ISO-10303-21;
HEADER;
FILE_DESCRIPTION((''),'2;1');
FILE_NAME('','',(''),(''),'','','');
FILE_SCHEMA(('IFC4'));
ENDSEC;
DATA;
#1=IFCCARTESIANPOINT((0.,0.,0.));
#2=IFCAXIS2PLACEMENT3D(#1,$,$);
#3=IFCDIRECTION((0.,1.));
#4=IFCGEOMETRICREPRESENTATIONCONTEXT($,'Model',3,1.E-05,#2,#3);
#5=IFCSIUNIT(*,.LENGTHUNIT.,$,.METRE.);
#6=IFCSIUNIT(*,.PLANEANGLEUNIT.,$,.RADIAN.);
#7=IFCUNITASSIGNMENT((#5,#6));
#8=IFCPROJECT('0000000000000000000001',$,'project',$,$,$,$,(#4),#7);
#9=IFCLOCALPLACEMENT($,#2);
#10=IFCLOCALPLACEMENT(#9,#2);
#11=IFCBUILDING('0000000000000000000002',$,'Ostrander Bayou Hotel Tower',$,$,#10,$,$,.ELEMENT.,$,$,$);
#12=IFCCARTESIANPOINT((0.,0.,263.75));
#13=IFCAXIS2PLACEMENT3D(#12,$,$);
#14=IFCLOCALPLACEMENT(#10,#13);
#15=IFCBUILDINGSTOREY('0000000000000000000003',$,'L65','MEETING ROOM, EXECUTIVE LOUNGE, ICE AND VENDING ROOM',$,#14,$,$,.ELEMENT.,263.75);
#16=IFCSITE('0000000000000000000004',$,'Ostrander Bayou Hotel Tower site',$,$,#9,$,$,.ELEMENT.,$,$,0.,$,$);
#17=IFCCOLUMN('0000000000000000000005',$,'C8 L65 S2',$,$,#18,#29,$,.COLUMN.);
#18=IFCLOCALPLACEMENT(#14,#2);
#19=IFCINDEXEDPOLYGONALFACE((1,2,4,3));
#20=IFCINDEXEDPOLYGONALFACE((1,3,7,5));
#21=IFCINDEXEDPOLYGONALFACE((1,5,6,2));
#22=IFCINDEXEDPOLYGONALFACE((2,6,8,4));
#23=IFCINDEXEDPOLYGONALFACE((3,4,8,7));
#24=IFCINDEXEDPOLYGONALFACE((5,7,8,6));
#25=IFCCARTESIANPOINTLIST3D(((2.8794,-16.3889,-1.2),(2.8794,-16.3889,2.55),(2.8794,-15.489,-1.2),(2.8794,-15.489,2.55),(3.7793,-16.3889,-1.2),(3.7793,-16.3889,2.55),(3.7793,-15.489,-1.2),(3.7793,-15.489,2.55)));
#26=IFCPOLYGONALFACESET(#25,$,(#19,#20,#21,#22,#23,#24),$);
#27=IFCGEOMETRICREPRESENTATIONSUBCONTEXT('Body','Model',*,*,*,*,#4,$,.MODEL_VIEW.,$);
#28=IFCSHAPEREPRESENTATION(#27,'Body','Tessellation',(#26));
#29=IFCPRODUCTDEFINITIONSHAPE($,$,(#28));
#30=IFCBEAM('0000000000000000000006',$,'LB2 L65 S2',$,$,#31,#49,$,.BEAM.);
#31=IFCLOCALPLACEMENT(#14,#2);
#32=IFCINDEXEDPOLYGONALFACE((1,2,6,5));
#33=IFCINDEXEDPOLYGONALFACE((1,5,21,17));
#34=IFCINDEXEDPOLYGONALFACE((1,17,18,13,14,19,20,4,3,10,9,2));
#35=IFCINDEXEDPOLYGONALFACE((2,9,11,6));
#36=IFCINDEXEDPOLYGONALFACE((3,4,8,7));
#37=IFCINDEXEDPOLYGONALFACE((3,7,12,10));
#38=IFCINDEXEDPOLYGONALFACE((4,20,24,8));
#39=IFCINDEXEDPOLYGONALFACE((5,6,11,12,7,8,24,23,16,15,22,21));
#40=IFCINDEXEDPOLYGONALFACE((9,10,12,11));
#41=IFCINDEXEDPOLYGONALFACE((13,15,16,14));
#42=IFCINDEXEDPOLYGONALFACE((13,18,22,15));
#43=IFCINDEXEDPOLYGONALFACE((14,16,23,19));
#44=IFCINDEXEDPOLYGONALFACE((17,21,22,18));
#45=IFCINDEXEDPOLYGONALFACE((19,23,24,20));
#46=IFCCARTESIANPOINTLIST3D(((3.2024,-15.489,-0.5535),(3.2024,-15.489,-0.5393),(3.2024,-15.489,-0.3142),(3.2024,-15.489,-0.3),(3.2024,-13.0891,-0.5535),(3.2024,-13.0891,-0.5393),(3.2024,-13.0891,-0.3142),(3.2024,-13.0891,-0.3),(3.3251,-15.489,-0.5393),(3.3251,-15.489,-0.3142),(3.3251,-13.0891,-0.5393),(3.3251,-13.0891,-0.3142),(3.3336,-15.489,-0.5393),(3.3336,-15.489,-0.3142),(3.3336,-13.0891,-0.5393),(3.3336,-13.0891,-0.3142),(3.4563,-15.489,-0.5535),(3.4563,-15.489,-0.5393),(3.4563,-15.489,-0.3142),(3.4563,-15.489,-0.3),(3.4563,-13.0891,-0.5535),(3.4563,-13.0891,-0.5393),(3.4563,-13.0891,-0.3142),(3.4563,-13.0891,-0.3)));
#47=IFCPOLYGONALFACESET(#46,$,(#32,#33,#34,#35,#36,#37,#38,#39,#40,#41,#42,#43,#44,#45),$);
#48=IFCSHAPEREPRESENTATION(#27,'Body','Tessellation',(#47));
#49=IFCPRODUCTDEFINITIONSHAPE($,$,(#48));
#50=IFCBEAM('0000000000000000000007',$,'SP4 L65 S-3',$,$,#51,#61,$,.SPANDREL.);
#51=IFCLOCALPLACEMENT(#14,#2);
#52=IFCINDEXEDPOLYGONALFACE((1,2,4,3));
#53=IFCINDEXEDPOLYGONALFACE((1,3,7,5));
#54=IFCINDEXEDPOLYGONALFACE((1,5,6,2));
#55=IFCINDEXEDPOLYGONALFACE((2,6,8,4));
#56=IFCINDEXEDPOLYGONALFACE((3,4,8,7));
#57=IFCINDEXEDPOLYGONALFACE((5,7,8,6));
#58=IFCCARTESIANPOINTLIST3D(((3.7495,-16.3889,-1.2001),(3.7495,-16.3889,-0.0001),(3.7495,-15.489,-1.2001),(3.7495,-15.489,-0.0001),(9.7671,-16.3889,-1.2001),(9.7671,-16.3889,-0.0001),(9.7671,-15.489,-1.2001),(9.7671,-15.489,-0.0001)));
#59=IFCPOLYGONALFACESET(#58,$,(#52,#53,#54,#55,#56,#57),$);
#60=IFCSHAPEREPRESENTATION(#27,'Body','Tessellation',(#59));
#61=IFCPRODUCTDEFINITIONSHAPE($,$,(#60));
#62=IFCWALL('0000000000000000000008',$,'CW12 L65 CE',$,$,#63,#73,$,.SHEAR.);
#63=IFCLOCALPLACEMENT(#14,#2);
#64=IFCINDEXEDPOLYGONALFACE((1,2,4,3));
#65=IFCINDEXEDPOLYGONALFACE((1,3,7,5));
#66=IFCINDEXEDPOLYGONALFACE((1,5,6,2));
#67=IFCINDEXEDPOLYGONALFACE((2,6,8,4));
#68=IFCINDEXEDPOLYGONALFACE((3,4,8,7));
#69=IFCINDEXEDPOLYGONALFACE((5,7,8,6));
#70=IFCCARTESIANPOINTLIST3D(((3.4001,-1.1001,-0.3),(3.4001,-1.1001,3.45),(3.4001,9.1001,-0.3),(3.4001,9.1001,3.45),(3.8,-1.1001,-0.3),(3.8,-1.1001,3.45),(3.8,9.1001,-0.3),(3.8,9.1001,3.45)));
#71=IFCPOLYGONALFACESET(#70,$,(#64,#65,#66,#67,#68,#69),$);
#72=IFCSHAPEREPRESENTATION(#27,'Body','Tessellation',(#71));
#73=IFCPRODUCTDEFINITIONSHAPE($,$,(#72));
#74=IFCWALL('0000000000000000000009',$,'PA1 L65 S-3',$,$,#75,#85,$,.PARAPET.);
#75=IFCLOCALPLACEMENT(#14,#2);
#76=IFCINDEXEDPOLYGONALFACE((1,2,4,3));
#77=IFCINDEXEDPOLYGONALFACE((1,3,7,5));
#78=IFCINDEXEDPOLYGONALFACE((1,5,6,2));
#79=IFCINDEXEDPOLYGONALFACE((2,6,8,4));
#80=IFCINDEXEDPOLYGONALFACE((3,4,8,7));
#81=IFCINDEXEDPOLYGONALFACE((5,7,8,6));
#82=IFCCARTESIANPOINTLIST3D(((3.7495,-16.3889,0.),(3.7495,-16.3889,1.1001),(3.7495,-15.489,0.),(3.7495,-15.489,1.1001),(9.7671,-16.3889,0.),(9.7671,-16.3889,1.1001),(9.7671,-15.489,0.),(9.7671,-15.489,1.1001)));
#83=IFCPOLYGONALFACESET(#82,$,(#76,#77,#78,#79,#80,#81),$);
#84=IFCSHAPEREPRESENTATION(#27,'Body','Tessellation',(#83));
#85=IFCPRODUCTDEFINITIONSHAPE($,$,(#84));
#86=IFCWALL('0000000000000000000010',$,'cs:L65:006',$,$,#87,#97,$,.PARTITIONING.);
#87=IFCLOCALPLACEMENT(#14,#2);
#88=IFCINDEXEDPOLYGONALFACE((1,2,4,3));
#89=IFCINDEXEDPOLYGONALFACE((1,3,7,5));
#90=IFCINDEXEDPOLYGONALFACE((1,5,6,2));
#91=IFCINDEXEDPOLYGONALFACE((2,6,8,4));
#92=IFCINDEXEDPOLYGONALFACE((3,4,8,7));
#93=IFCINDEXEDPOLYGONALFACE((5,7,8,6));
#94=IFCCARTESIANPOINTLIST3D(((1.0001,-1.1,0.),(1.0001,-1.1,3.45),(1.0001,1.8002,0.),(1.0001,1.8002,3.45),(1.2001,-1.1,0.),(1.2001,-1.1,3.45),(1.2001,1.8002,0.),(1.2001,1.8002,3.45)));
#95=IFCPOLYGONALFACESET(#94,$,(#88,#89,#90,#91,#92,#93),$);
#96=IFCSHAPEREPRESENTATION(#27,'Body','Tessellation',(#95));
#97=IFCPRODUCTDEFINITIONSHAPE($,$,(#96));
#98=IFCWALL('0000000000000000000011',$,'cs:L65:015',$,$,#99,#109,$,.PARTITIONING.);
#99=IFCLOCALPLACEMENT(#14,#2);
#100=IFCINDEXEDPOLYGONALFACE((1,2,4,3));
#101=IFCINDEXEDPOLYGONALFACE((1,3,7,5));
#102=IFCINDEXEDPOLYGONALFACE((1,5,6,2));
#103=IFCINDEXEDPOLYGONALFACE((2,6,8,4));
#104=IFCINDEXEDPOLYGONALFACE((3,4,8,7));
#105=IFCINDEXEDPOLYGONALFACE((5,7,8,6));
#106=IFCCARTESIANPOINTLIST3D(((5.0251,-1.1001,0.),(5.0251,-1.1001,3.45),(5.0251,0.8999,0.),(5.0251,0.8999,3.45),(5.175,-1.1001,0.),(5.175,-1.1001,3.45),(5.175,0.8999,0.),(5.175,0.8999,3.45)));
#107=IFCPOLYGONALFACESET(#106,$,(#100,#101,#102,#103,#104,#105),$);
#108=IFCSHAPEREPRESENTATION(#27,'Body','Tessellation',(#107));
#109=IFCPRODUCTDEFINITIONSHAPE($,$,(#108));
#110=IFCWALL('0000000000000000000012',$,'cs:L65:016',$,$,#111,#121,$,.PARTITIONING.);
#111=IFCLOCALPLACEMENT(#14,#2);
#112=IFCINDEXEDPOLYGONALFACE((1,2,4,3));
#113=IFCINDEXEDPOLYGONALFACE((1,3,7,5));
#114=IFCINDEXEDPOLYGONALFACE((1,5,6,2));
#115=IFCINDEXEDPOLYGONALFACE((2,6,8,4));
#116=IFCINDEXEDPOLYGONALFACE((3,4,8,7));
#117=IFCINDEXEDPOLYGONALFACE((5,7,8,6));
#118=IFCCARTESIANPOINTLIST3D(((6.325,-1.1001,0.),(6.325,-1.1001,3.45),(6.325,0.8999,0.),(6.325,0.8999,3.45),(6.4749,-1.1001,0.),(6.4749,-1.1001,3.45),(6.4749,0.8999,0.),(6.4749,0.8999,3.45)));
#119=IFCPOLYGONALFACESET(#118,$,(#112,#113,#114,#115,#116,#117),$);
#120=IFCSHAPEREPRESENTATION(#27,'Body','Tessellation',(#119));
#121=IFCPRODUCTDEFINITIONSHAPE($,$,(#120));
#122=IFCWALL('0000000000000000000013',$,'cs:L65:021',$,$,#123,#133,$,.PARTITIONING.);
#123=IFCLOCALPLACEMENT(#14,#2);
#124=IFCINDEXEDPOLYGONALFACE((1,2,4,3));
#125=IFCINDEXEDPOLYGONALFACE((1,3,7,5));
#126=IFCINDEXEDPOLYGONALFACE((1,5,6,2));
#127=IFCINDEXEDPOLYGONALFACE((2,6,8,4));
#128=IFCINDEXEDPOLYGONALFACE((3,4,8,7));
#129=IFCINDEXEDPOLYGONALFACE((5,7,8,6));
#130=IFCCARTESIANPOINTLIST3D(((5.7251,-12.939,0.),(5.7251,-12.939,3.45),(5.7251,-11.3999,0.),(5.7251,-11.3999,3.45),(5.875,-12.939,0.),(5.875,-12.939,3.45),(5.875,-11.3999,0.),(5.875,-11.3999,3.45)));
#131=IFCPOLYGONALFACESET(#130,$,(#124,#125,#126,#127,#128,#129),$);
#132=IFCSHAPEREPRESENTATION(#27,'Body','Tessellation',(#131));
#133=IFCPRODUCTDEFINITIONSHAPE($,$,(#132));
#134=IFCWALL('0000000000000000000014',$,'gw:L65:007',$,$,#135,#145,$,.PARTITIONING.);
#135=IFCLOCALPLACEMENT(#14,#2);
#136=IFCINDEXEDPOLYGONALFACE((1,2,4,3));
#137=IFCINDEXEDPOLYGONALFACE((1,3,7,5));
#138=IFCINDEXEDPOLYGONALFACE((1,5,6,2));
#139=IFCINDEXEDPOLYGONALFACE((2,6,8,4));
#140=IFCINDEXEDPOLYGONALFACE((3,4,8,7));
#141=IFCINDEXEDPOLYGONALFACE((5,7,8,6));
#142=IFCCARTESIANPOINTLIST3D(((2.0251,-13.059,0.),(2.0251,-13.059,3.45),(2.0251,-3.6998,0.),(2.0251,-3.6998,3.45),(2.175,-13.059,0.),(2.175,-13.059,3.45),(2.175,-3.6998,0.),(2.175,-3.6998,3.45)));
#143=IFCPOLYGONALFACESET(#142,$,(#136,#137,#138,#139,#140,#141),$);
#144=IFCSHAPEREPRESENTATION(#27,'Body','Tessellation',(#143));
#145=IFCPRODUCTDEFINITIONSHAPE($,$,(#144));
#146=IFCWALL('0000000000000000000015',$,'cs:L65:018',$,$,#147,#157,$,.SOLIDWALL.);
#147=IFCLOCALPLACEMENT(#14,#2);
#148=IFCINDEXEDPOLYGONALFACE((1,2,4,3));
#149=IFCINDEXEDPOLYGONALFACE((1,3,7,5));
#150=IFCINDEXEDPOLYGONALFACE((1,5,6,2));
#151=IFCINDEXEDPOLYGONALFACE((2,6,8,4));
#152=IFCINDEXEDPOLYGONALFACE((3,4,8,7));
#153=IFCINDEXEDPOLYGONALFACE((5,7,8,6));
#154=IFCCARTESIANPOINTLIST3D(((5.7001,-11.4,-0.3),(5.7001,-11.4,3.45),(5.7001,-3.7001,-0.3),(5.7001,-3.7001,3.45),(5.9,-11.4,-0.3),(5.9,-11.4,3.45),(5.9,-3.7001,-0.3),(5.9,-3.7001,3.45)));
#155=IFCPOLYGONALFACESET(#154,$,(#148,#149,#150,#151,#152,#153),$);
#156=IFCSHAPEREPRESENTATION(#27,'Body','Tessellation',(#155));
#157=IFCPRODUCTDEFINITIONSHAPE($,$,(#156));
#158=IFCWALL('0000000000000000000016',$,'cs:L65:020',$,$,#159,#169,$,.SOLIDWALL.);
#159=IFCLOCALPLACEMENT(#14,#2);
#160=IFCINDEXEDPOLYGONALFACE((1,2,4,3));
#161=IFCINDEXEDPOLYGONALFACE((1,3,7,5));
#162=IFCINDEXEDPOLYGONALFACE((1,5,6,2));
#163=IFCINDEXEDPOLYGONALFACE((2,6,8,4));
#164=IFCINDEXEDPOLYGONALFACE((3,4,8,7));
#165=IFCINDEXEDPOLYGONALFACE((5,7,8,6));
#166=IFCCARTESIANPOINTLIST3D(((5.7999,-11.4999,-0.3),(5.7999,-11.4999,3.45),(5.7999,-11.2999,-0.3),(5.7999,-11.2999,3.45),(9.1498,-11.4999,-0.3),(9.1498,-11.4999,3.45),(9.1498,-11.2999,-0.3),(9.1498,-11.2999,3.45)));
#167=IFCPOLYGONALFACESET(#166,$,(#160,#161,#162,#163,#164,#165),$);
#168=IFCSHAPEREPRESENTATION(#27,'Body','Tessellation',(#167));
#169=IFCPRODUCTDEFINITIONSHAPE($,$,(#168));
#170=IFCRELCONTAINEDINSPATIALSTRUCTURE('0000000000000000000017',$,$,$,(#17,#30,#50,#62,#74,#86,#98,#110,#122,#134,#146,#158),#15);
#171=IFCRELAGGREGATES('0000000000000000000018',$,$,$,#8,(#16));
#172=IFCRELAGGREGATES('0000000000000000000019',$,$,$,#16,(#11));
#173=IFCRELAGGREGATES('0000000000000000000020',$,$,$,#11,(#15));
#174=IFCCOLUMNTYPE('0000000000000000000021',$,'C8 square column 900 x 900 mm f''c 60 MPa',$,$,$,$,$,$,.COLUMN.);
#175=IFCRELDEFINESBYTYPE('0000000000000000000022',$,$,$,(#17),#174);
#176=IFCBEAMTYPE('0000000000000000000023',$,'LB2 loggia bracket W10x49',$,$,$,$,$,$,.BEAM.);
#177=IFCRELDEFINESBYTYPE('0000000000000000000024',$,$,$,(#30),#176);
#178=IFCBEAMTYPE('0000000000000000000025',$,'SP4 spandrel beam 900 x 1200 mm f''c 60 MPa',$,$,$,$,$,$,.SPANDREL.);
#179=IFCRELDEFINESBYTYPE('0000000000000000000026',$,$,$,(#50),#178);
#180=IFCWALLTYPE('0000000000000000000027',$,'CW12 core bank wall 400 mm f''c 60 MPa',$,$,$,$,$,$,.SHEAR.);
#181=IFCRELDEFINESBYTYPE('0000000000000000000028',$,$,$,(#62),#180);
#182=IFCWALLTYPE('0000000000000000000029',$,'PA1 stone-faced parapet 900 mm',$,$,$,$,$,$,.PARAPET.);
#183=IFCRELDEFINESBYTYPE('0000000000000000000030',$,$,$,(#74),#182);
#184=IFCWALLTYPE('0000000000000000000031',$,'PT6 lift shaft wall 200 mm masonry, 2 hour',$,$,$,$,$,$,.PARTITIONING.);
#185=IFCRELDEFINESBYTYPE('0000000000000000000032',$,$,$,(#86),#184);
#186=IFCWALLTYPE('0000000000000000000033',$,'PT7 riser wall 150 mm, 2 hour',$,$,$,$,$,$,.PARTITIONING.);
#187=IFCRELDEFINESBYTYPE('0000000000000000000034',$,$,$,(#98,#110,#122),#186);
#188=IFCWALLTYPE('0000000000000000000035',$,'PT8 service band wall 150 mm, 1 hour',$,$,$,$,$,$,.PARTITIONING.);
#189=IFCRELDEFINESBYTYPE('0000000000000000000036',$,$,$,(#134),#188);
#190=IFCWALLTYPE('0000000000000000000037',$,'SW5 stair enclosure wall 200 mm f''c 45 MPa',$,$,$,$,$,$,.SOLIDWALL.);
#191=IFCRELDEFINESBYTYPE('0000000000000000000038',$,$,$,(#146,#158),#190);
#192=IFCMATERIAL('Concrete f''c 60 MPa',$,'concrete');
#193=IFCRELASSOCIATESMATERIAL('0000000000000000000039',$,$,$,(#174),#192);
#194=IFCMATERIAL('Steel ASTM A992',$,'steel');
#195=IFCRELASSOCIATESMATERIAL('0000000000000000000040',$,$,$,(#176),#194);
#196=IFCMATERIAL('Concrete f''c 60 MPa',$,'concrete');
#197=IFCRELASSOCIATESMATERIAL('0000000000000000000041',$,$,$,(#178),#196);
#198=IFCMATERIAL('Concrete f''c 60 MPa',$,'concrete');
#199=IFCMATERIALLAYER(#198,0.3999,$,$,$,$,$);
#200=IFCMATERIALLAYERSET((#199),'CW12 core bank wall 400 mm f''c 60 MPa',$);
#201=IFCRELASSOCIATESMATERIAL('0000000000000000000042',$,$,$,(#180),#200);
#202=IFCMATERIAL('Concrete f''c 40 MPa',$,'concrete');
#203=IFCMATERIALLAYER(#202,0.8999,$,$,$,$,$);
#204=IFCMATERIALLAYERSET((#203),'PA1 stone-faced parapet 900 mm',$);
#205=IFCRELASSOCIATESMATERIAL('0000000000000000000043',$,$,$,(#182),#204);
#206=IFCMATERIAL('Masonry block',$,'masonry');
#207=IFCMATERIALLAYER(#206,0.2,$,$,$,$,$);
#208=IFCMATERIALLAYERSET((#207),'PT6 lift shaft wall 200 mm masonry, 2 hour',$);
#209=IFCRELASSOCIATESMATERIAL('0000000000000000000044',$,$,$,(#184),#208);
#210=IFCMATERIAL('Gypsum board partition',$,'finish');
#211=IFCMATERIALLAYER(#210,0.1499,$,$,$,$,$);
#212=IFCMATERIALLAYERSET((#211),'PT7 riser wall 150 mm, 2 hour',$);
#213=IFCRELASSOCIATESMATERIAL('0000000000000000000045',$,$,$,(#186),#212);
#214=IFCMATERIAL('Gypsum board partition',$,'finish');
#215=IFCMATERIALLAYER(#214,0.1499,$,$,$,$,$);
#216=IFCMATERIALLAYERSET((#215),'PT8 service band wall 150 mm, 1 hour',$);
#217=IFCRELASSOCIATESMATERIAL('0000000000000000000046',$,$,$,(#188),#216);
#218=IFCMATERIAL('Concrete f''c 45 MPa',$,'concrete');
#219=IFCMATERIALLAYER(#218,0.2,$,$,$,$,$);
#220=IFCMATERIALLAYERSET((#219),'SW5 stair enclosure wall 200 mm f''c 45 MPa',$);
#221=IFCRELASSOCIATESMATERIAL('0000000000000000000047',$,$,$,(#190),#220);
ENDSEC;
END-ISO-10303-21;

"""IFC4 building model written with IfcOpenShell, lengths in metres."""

from ifc_helpers import new_model, si_unit, direction, frame, frame_2d, origin, origin_2d, place, context, subcontext, project, spatial, rectangle, i_section, extrude, material, layer, layer_set, material_profile, profile_set, type_object, element, save


model = new_model("IFC4")

# Units and contexts
model_context = context("Model", 3, precision=1e-05, world=origin(), true_north=direction((0.0, 1.0)))
body_context = subcontext(model_context, "Body", "Model", "MODEL_VIEW")
ifc_project = project(units=[si_unit("LENGTHUNIT", "METRE"), si_unit("PLANEANGLEUNIT", "RADIAN")], contexts=[model_context])

# Site, building, storey
site_placement = place(None, origin())
site = spatial("IfcSite", under=ifc_project, at=site_placement, Name="Ostrander Bayou Hotel Tower site", CompositionType="ELEMENT", RefElevation=0.0)
building_placement = place(site_placement, origin())
building = spatial("IfcBuilding", under=site, at=building_placement, Name="Ostrander Bayou Hotel Tower", CompositionType="ELEMENT")
storey_placement = place(building_placement, frame((0.0, 0.0, 263.75)))
storey = spatial("IfcBuildingStorey", under=building, at=storey_placement, Name="L65", Description="MEETING ROOM, EXECUTIVE LOUNGE, ICE AND VENDING ROOM", CompositionType="ELEMENT", Elevation=263.75)

# Column
ifc_material_1 = material(Name="Concrete f'c 60 MPa", Category="concrete")
ifc_material_profile_1 = material_profile(ifc_material_1, rectangle(XDim=0.8999, YDim=0.8999, at=origin_2d()))
ifc_profile_set_1 = profile_set([ifc_material_profile_1], Name="Concrete f'c 60 MPa")
column_type = type_object("IfcColumnType", Name="C8 square column 900 x 900 mm f'c 60 MPa", PredefinedType="COLUMN", material=ifc_profile_set_1)
column_placement = place(storey_placement, frame((3.3293, -15.939, -1.2), z_axis=(0.0, 0.0, 1.0), x_axis=(-1.0, 0.0, 0.0)))
element("IfcColumn", 1, at=column_placement, inside=storey, type_object=column_type, Name="C8 L65 S2", PredefinedType="COLUMN", context=body_context, shape_type="SweptSolid", body=[
    extrude(rectangle(XDim=0.8999, YDim=0.8999, at=origin_2d()), origin(), (0.0, 0.0, 1.0), 3.75),
])

# Beams
ifc_material_2 = material(Name="Steel ASTM A992", Category="steel")
ifc_material_profile_2 = material_profile(ifc_material_2, i_section(OverallWidth=0.2539, OverallDepth=0.2534, WebThickness=0.0085, FlangeThickness=0.0142, at=origin_2d()))
ifc_profile_set_2 = profile_set([ifc_material_profile_2], Name="Steel ASTM A992")
beam_type_1 = type_object("IfcBeamType", Name="LB2 loggia bracket W10x49", PredefinedType="BEAM", material=ifc_profile_set_2)
beam_1_placement = place(storey_placement, frame((3.3293, -15.489, -0.4268), z_axis=(0.0, 1.0, 0.0), x_axis=(-1.0, 0.0, 0.0)))
element("IfcBeam", 2, at=beam_1_placement, inside=storey, type_object=beam_type_1, Name="LB2 L65 S2", PredefinedType="BEAM", context=body_context, shape_type="SweptSolid", body=[
    extrude(i_section(OverallWidth=0.2539, OverallDepth=0.2534, WebThickness=0.0085, FlangeThickness=0.0142, at=origin_2d()), origin(), (0.0, 0.0, 1.0), 2.3999),
])
ifc_material_3 = material(Name="Concrete f'c 60 MPa", Category="concrete")
ifc_material_profile_3 = material_profile(ifc_material_3, rectangle(XDim=0.8999, YDim=1.2, at=origin_2d()))
ifc_profile_set_3 = profile_set([ifc_material_profile_3], Name="Concrete f'c 60 MPa")
beam_type_2 = type_object("IfcBeamType", Name="SP4 spandrel beam 900 x 1200 mm f'c 60 MPa", PredefinedType="SPANDREL", material=ifc_profile_set_3)
beam_2_placement = place(storey_placement, frame((3.7495, -15.939, -0.6001), z_axis=(1.0, 0.0, 0.0), x_axis=(0.0, 1.0, 0.0)))
element("IfcBeam", 3, at=beam_2_placement, inside=storey, type_object=beam_type_2, Name="SP4 L65 S-3", PredefinedType="SPANDREL", context=body_context, shape_type="SweptSolid", body=[
    extrude(rectangle(XDim=0.8999, YDim=1.2, at=origin_2d()), origin(), (0.0, 0.0, 1.0), 6.0176),
])

# Walls
ifc_material_4 = material(Name="Concrete f'c 60 MPa", Category="concrete")
ifc_layer_1 = layer(ifc_material_4, 0.3999)
ifc_layer_set_1 = layer_set([ifc_layer_1], Name="CW12 core bank wall 400 mm f'c 60 MPa")
wall_type_1 = type_object("IfcWallType", Name="CW12 core bank wall 400 mm f'c 60 MPa", PredefinedType="SHEAR", material=ifc_layer_set_1)
wall_1_placement = place(storey_placement, frame((3.6001, -1.1001, -0.3), z_axis=(0.0, 0.0, 1.0), x_axis=(0.0, 1.0, 0.0)))
element("IfcWall", 4, at=wall_1_placement, inside=storey, type_object=wall_type_1, Name="CW12 L65 CE", PredefinedType="SHEAR", context=body_context, shape_type="SweptSolid", body=[
    extrude(rectangle(XDim=10.2002, YDim=0.3999, at=frame_2d((5.1001, 0.0))), origin(), (0.0, 0.0, 1.0), 3.75),
])
ifc_material_5 = material(Name="Concrete f'c 40 MPa", Category="concrete")
ifc_layer_2 = layer(ifc_material_5, 0.8999)
ifc_layer_set_2 = layer_set([ifc_layer_2], Name="PA1 stone-faced parapet 900 mm")
wall_type_2 = type_object("IfcWallType", Name="PA1 stone-faced parapet 900 mm", PredefinedType="PARAPET", material=ifc_layer_set_2)
wall_2_placement = place(storey_placement, frame((3.7495, -15.939, 0.0), z_axis=(0.0, 0.0, 1.0), x_axis=(1.0, 0.0, 0.0)))
element("IfcWall", 5, at=wall_2_placement, inside=storey, type_object=wall_type_2, Name="PA1 L65 S-3", PredefinedType="PARAPET", context=body_context, shape_type="SweptSolid", body=[
    extrude(rectangle(XDim=6.0176, YDim=0.8999, at=frame_2d((3.0088, 0.0))), origin(), (0.0, 0.0, 1.0), 1.1001),
])
ifc_material_6 = material(Name="Masonry block", Category="masonry")
ifc_layer_3 = layer(ifc_material_6, 0.2)
ifc_layer_set_3 = layer_set([ifc_layer_3], Name="PT6 lift shaft wall 200 mm masonry, 2 hour")
wall_type_3 = type_object("IfcWallType", Name="PT6 lift shaft wall 200 mm masonry, 2 hour", PredefinedType="PARTITIONING", material=ifc_layer_set_3)
wall_3_placement = place(storey_placement, frame((1.1001, -1.1001, 0.0), z_axis=(0.0, 0.0, 1.0), x_axis=(0.0, 1.0, 0.0)))
element("IfcWall", 6, at=wall_3_placement, inside=storey, type_object=wall_type_3, Name="cs:L65:006", PredefinedType="PARTITIONING", context=body_context, shape_type="SweptSolid", body=[
    extrude(rectangle(XDim=2.9001, YDim=0.2, at=frame_2d((1.4502, 0.0))), origin(), (0.0, 0.0, 1.0), 3.45),
])
ifc_material_7 = material(Name="Gypsum board partition", Category="finish")
ifc_layer_4 = layer(ifc_material_7, 0.1499)
ifc_layer_set_4 = layer_set([ifc_layer_4], Name="PT7 riser wall 150 mm, 2 hour")
wall_type_4 = type_object("IfcWallType", Name="PT7 riser wall 150 mm, 2 hour", PredefinedType="PARTITIONING", material=ifc_layer_set_4)
for number, where, z_axis, x_axis, name in (
    (7, (5.1001, -1.1001, 0.0), (0.0, 0.0, 1.0), (0.0, 1.0, 0.0), "cs:L65:015"),
    (8, (6.3999, -1.1001, 0.0), (0.0, 0.0, 1.0), (0.0, 1.0, 0.0), "cs:L65:016"),
):
    element("IfcWall", number, at=place(storey_placement, frame(where, z_axis=z_axis, x_axis=x_axis)), inside=storey, type_object=wall_type_4, Name=name, PredefinedType="PARTITIONING", context=body_context, shape_type="SweptSolid", body=[
        extrude(rectangle(XDim=2.0, YDim=0.1499, at=frame_2d((1.0, 0.0))), origin(), (0.0, 0.0, 1.0), 3.45),
    ])
wall_4_placement = place(storey_placement, frame((5.8, -11.3999, 0.0), z_axis=(0.0, 0.0, 1.0), x_axis=(0.0, -1.0, 0.0)))
element("IfcWall", 9, at=wall_4_placement, inside=storey, type_object=wall_type_4, Name="cs:L65:021", PredefinedType="PARTITIONING", context=body_context, shape_type="SweptSolid", body=[
    extrude(rectangle(XDim=1.5391, YDim=0.1499, at=frame_2d((0.7695, 0.0))), origin(), (0.0, 0.0, 1.0), 3.45),
])
ifc_material_8 = material(Name="Gypsum board partition", Category="finish")
ifc_layer_5 = layer(ifc_material_8, 0.1499)
ifc_layer_set_5 = layer_set([ifc_layer_5], Name="PT8 service band wall 150 mm, 1 hour")
wall_type_5 = type_object("IfcWallType", Name="PT8 service band wall 150 mm, 1 hour", PredefinedType="PARTITIONING", material=ifc_layer_set_5)
wall_5_placement = place(storey_placement, frame((2.1001, -13.0591, 0.0), z_axis=(0.0, 0.0, 1.0), x_axis=(0.0, 1.0, 0.0)))
element("IfcWall", 10, at=wall_5_placement, inside=storey, type_object=wall_type_5, Name="gw:L65:007", PredefinedType="PARTITIONING", context=body_context, shape_type="SweptSolid", body=[
    extrude(rectangle(XDim=9.3591, YDim=0.1499, at=frame_2d((4.6797, 0.0))), origin(), (0.0, 0.0, 1.0), 3.45),
])

# Shared definitions
ifc_material_9 = material(Name="Concrete f'c 45 MPa", Category="concrete")
ifc_layer_6 = layer(ifc_material_9, 0.2)
ifc_layer_set_6 = layer_set([ifc_layer_6], Name="SW5 stair enclosure wall 200 mm f'c 45 MPa")
wall_type_6 = type_object("IfcWallType", Name="SW5 stair enclosure wall 200 mm f'c 45 MPa", PredefinedType="SOLIDWALL", material=ifc_layer_set_6)

# Walls
wall_6_placement = place(storey_placement, frame((5.8, -3.7, -0.3), z_axis=(0.0, 0.0, 1.0), x_axis=(0.0, -1.0, 0.0)))
element("IfcWall", 11, at=wall_6_placement, inside=storey, type_object=wall_type_6, Name="cs:L65:018", PredefinedType="SOLIDWALL", context=body_context, shape_type="SweptSolid", body=[
    extrude(rectangle(XDim=7.7, YDim=0.2, at=frame_2d((3.8501, 0.0))), origin(), (0.0, 0.0, 1.0), 3.75),
])
wall_7_placement = place(storey_placement, frame((5.8, -11.3999, -0.3), z_axis=(0.0, 0.0, 1.0), x_axis=(1.0, 0.0, 0.0)))
element("IfcWall", 12, at=wall_7_placement, inside=storey, type_object=wall_type_6, Name="cs:L65:020", PredefinedType="SOLIDWALL", context=body_context, shape_type="SweptSolid", body=[
    extrude(rectangle(XDim=3.3499, YDim=0.2, at=frame_2d((1.6748, 0.0))), origin(), (0.0, 0.0, 1.0), 3.75),
])

save(model, "model.ifc")
